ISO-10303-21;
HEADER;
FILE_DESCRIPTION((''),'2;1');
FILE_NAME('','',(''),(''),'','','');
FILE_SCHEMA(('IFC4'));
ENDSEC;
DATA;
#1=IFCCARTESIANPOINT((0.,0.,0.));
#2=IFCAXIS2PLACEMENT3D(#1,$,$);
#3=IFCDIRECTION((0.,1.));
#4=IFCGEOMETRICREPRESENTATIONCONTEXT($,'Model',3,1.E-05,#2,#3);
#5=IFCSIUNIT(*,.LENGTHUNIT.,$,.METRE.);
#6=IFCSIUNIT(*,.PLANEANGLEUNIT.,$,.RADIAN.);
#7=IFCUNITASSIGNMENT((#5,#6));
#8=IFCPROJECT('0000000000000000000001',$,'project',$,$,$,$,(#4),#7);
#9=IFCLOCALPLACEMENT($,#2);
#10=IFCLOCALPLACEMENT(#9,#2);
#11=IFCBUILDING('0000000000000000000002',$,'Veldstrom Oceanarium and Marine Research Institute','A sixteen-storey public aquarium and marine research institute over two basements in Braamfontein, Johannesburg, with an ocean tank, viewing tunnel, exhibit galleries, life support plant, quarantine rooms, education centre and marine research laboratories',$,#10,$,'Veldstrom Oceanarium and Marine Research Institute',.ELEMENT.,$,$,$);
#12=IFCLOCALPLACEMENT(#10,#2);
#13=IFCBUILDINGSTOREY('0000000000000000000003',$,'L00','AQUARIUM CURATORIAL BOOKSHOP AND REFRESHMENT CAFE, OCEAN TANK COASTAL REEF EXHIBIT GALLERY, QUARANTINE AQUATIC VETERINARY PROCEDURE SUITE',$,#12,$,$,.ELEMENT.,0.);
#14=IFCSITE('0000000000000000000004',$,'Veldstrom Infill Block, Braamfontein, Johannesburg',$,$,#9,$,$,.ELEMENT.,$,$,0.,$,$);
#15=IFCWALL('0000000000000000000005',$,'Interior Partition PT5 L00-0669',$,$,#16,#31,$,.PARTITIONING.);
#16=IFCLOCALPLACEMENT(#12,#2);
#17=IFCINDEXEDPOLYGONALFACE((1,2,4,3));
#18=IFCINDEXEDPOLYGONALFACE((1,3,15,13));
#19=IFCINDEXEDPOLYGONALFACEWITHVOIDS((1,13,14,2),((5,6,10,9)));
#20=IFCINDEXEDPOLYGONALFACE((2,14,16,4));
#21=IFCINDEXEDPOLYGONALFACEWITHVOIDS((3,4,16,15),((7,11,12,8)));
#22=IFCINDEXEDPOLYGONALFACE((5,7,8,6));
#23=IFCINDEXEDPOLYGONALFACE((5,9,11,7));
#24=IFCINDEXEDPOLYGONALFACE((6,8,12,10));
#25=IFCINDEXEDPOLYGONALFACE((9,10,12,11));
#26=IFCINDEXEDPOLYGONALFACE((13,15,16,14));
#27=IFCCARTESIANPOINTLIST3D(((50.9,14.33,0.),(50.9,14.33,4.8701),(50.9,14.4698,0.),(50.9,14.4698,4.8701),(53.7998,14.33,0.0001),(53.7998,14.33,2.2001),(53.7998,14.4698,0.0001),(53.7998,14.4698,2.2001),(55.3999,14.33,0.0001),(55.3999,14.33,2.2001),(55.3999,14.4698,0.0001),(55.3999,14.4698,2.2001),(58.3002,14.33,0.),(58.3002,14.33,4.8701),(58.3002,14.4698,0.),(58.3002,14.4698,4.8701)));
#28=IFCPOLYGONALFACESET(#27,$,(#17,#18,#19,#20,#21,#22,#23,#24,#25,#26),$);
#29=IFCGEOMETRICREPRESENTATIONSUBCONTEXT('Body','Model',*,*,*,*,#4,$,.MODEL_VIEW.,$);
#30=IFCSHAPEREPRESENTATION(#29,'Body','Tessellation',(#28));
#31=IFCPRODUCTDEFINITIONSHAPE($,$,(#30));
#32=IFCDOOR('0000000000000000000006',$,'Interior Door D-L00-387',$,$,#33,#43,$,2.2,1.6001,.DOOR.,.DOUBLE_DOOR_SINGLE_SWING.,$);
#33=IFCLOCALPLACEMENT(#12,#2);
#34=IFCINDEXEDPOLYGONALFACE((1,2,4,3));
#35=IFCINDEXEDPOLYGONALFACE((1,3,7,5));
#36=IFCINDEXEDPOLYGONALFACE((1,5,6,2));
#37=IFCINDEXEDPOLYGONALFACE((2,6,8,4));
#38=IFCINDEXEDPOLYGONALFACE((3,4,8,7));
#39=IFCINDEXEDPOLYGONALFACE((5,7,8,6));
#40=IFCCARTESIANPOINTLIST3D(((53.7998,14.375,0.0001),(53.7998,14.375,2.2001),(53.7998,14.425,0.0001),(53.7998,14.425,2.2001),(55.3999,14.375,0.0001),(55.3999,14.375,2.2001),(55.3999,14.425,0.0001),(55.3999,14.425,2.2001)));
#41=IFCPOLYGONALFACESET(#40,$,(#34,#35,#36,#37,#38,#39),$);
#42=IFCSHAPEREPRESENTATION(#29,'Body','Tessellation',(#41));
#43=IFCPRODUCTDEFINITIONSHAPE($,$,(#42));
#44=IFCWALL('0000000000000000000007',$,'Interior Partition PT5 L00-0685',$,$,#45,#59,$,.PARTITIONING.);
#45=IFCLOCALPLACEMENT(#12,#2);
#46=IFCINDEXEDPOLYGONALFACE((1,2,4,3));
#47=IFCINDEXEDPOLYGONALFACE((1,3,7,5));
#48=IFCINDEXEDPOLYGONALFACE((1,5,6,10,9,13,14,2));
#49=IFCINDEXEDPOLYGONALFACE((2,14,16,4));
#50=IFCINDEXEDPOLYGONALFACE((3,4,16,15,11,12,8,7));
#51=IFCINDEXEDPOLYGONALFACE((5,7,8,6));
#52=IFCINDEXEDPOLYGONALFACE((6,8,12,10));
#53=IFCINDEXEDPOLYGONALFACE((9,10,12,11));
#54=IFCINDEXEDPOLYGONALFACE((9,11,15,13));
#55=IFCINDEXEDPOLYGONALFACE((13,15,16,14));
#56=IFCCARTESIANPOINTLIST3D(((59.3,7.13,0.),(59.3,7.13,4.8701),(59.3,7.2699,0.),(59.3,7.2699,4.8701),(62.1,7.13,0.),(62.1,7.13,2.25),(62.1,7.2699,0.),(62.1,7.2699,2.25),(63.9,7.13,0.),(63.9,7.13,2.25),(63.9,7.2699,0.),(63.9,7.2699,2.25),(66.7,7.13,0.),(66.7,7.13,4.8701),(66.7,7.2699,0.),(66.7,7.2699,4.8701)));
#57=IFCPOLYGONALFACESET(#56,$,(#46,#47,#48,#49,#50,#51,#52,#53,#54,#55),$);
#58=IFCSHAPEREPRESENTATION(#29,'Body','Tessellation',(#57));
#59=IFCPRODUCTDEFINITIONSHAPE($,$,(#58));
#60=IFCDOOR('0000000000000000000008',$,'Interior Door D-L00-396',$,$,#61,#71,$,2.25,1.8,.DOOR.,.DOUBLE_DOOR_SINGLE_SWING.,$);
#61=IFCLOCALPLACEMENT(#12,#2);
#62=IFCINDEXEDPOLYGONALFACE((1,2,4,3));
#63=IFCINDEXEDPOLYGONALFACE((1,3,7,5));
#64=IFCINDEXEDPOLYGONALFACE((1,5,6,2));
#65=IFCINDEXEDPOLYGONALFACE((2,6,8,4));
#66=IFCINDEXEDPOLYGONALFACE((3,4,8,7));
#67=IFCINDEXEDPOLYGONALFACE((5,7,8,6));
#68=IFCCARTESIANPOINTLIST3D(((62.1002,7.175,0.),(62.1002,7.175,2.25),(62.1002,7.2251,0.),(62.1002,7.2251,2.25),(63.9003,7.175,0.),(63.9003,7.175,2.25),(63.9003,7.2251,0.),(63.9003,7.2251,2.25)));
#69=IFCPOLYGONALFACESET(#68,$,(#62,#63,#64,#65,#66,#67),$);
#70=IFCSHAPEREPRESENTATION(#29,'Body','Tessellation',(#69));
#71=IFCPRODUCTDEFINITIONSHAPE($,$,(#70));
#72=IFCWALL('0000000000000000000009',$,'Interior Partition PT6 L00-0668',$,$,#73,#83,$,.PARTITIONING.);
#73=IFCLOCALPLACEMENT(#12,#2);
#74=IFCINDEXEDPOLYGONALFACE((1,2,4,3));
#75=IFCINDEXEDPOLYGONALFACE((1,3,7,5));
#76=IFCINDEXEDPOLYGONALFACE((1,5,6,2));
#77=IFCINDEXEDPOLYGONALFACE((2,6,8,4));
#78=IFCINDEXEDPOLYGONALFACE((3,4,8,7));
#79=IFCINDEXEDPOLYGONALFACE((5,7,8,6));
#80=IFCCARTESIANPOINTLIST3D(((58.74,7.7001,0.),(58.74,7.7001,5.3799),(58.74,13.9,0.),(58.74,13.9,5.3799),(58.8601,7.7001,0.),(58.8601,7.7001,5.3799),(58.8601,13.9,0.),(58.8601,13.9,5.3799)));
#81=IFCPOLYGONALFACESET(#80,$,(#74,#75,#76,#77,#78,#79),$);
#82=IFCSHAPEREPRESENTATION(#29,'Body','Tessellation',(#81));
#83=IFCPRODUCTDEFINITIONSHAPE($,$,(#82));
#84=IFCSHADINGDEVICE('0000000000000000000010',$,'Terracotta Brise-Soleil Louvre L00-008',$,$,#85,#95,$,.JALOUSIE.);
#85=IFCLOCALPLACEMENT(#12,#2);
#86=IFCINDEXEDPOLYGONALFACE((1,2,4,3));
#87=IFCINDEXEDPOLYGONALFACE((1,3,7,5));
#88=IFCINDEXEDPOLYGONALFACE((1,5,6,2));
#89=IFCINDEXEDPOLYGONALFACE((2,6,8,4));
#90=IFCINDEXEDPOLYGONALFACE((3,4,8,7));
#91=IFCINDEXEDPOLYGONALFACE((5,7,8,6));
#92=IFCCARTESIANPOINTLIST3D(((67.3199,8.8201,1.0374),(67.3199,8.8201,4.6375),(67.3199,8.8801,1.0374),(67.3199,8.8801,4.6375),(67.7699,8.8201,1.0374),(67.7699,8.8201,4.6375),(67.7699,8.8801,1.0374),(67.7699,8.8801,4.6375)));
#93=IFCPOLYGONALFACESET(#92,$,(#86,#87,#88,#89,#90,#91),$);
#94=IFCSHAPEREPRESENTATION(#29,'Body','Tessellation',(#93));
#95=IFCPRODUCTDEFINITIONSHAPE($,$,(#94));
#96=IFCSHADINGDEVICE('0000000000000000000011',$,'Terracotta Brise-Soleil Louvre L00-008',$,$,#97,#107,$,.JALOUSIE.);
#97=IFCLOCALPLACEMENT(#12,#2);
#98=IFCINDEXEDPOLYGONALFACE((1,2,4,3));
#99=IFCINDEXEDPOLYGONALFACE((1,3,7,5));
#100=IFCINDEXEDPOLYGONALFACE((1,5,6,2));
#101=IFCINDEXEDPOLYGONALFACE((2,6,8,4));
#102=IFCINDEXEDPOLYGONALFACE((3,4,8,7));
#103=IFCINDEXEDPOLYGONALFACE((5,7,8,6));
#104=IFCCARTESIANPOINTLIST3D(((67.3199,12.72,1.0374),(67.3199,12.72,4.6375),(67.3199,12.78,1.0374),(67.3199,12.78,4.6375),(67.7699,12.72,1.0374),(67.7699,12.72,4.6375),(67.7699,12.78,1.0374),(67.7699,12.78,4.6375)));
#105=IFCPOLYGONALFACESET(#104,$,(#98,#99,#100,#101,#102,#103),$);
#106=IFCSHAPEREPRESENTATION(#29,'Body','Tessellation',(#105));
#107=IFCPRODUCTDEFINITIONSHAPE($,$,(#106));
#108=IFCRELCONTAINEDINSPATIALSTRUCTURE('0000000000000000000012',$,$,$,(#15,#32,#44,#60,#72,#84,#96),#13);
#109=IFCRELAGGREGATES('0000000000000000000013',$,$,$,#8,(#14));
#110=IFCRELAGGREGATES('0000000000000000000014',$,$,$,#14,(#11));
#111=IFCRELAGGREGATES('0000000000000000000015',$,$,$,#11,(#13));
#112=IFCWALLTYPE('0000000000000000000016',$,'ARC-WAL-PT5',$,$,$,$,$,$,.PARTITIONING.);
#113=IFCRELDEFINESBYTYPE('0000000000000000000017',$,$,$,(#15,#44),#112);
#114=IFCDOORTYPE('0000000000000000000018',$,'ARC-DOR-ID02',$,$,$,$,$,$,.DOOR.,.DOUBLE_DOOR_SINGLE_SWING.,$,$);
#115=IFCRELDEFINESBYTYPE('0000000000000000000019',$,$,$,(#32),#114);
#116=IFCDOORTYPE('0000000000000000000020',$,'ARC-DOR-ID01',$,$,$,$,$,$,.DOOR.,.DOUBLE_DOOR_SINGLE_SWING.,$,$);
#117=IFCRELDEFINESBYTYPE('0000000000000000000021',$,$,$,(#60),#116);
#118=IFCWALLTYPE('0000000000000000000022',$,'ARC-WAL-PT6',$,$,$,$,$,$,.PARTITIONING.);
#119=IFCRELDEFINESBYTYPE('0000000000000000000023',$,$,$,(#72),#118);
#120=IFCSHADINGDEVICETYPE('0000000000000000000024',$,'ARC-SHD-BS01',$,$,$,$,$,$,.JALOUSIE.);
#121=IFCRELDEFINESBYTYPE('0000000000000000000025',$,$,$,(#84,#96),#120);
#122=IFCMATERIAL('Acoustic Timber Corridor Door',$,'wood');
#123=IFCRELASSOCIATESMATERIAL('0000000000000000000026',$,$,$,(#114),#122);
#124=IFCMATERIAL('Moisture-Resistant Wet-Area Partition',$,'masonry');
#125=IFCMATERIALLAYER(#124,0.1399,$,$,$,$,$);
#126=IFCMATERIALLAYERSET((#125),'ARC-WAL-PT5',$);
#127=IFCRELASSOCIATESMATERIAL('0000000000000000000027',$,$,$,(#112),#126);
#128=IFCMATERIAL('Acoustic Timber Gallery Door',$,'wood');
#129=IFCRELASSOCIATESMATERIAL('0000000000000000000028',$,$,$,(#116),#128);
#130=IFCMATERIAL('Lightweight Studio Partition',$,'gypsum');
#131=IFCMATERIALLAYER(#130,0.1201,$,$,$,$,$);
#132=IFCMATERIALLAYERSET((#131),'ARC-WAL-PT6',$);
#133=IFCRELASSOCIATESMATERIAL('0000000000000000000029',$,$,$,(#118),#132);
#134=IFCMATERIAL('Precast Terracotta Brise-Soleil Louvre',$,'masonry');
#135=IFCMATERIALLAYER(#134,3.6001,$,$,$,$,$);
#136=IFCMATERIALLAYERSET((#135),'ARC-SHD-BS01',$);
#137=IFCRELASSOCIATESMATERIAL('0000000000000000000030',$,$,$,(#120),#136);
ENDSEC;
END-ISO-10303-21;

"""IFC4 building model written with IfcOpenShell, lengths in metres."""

from ifc_helpers import new_model, si_unit, direction, frame, frame_2d, origin, origin_2d, place, context, subcontext, project, spatial, rectangle, extrude, material, layer, layer_set, type_object, element, fill, save


model = new_model("IFC4")

# Units and contexts
model_context = context("Model", 3, precision=1e-05, world=origin(), true_north=direction((0.0, 1.0)))
body_context = subcontext(model_context, "Body", "Model", "MODEL_VIEW")
ifc_project = project(units=[si_unit("LENGTHUNIT", "METRE"), si_unit("PLANEANGLEUNIT", "RADIAN")], contexts=[model_context])

# Site, building, storey
site_placement = place(None, origin())
site = spatial("IfcSite", under=ifc_project, at=site_placement, Name="Veldstrom Infill Block, Braamfontein, Johannesburg", CompositionType="ELEMENT", RefElevation=0.0)
building_placement = place(site_placement, origin())
building = spatial("IfcBuilding", under=site, at=building_placement, Name="Veldstrom Oceanarium and Marine Research Institute", Description="A sixteen-storey public aquarium and marine research institute over two basements in Braamfontein, Johannesburg, with an ocean tank, viewing tunnel, exhibit galleries, life support plant, quarantine rooms, education centre and marine research laboratories", LongName="Veldstrom Oceanarium and Marine Research Institute", CompositionType="ELEMENT")
storey_placement = place(building_placement, origin())
storey = spatial("IfcBuildingStorey", under=building, at=storey_placement, Name="L00", Description="AQUARIUM CURATORIAL BOOKSHOP AND REFRESHMENT CAFE, OCEAN TANK COASTAL REEF EXHIBIT GALLERY, QUARANTINE AQUATIC VETERINARY PROCEDURE SUITE", CompositionType="ELEMENT", Elevation=0.0)

# Walls, openings, doors
ifc_material_1 = material(Name="Acoustic Timber Corridor Door", Category="wood")
door_type_1 = type_object("IfcDoorType", Name="ARC-DOR-ID02", OperationType="DOUBLE_DOOR_SINGLE_SWING", PredefinedType="DOOR", material=ifc_material_1)
ifc_material_2 = material(Name="Moisture-Resistant Wet-Area Partition", Category="masonry")
ifc_layer_1 = layer(ifc_material_2, 0.1399)
ifc_layer_set_1 = layer_set([ifc_layer_1], Name="ARC-WAL-PT5")
wall_type_1 = type_object("IfcWallType", Name="ARC-WAL-PT5", PredefinedType="PARTITIONING", material=ifc_layer_set_1)
wall_1_placement = place(storey_placement, frame((50.8999, 14.3999, 0.0), z_axis=(0.0, 0.0, 1.0), x_axis=(1.0, 0.0, 0.0)))
wall_1 = element("IfcWall", 1, at=wall_1_placement, inside=storey, type_object=wall_type_1, Name="Interior Partition PT5 L00-0669", PredefinedType="PARTITIONING", context=body_context, shape_type="SweptSolid", body=[
    extrude(rectangle(XDim=7.4001, YDim=0.1399, at=frame_2d((3.7002, 0.0))), origin(), (0.0, 0.0, 1.0), 4.8701),
])
opening_1_placement = place(wall_1_placement, frame((2.8999, 0.0, 0.0)))
opening_1 = element("IfcOpeningElement", 2, at=opening_1_placement, cuts=wall_1, PredefinedType="OPENING", context=body_context, shape_type="SweptSolid", body=[
    extrude(rectangle(XDim=1.6001, YDim=2.2, at=frame_2d((0.8, 1.1001))), frame((0.0, 0.0798, 0.0), z_axis=(0.0, -1.0, 0.0), x_axis=(1.0, 0.0, 0.0)), (0.0, 0.0, 1.0), 0.1599),
])
door_1_placement = place(opening_1_placement, frame((1.6001, 0.0, 0.0), z_axis=(0.0, 0.0, 1.0), x_axis=(-1.0, 0.0, 0.0)))
door_1 = element("IfcDoor", 3, at=door_1_placement, inside=storey, type_object=door_type_1, Name="Interior Door D-L00-387", OperationType="DOUBLE_DOOR_SINGLE_SWING", OverallHeight=2.2, OverallWidth=1.6001, PredefinedType="DOOR", context=body_context, shape_type="SweptSolid", body=[
    extrude(rectangle(XDim=1.6001, YDim=2.2, at=frame_2d((0.8, 1.1001))), frame((0.0, 0.0249, 0.0), z_axis=(0.0, -1.0, 0.0), x_axis=(1.0, 0.0, 0.0)), (0.0, 0.0, 1.0), 0.05),
])
fill(opening_1, door_1)
wall_2_placement = place(storey_placement, frame((59.3, 7.2, 0.0), z_axis=(0.0, 0.0, 1.0), x_axis=(1.0, 0.0, 0.0)))
wall_2 = element("IfcWall", 4, at=wall_2_placement, inside=storey, type_object=wall_type_1, Name="Interior Partition PT5 L00-0685", PredefinedType="PARTITIONING", context=body_context, shape_type="SweptSolid", body=[
    extrude(rectangle(XDim=7.3999, YDim=0.1399, at=frame_2d((3.7, 0.0))), origin(), (0.0, 0.0, 1.0), 4.8701),
])
opening_2_placement = place(wall_2_placement, frame((2.8, 0.0, 0.0)))
opening_2 = element("IfcOpeningElement", 5, at=opening_2_placement, cuts=wall_2, PredefinedType="OPENING", context=body_context, shape_type="SweptSolid", body=[
    extrude(rectangle(XDim=1.8, YDim=2.25, at=frame_2d((0.8999, 1.125))), frame((0.0, 0.0798, 0.0), z_axis=(0.0, -1.0, 0.0), x_axis=(1.0, 0.0, 0.0)), (0.0, 0.0, 1.0), 0.1599),
])
ifc_material_3 = material(Name="Acoustic Timber Gallery Door", Category="wood")
door_type_2 = type_object("IfcDoorType", Name="ARC-DOR-ID01", OperationType="DOUBLE_DOOR_SINGLE_SWING", PredefinedType="DOOR", material=ifc_material_3)
door_2_placement = place(opening_2_placement, frame((1.8, 0.0, 0.0), z_axis=(0.0, 0.0, 1.0), x_axis=(-1.0, 0.0, 0.0)))
door_2 = element("IfcDoor", 6, at=door_2_placement, inside=storey, type_object=door_type_2, Name="Interior Door D-L00-396", OperationType="DOUBLE_DOOR_SINGLE_SWING", OverallHeight=2.25, OverallWidth=1.8, PredefinedType="DOOR", context=body_context, shape_type="SweptSolid", body=[
    extrude(rectangle(XDim=1.8, YDim=2.25, at=frame_2d((0.8999, 1.125))), frame((0.0, 0.0249, 0.0), z_axis=(0.0, -1.0, 0.0), x_axis=(1.0, 0.0, 0.0)), (0.0, 0.0, 1.0), 0.05),
])
fill(opening_2, door_2)

# Wall
ifc_material_4 = material(Name="Lightweight Studio Partition", Category="gypsum")
ifc_layer_2 = layer(ifc_material_4, 0.1201)
ifc_layer_set_2 = layer_set([ifc_layer_2], Name="ARC-WAL-PT6")
wall_type_2 = type_object("IfcWallType", Name="ARC-WAL-PT6", PredefinedType="PARTITIONING", material=ifc_layer_set_2)
wall_3_placement = place(storey_placement, frame((58.8, 7.7, 0.0), z_axis=(0.0, 0.0, 1.0), x_axis=(0.0, 1.0, 0.0)))
element("IfcWall", 7, at=wall_3_placement, inside=storey, type_object=wall_type_2, Name="Interior Partition PT6 L00-0668", PredefinedType="PARTITIONING", context=body_context, shape_type="SweptSolid", body=[
    extrude(rectangle(XDim=6.2, YDim=0.1201, at=frame_2d((3.1001, 0.0))), origin(), (0.0, 0.0, 1.0), 5.3799),
])

# Shading devices
ifc_material_5 = material(Name="Precast Terracotta Brise-Soleil Louvre", Category="masonry")
ifc_layer_3 = layer(ifc_material_5, 3.6001)
ifc_layer_set_3 = layer_set([ifc_layer_3], Name="ARC-SHD-BS01")
shading_device_type = type_object("IfcShadingDeviceType", Name="ARC-SHD-BS01", PredefinedType="JALOUSIE", material=ifc_layer_set_3)
for number, where, z_axis, x_axis, name in (
    (8, (67.5449, 8.8501, 1.0374), (0.0, 0.0, 1.0), (1.0, 0.0, 0.0), "Terracotta Brise-Soleil Louvre L00-008"),
    (9, (67.5449, 12.75, 1.0374), (0.0, 0.0, 1.0), (1.0, 0.0, 0.0), "Terracotta Brise-Soleil Louvre L00-008"),
):
    element("IfcShadingDevice", number, at=place(storey_placement, frame(where, z_axis=z_axis, x_axis=x_axis)), inside=storey, type_object=shading_device_type, Name=name, PredefinedType="JALOUSIE", context=body_context, shape_type="SweptSolid", body=[
        extrude(rectangle(XDim=0.45, YDim=0.0601, at=origin_2d()), origin(), (0.0, 0.0, 1.0), 3.6001),
    ])

save(model, "model.ifc")
